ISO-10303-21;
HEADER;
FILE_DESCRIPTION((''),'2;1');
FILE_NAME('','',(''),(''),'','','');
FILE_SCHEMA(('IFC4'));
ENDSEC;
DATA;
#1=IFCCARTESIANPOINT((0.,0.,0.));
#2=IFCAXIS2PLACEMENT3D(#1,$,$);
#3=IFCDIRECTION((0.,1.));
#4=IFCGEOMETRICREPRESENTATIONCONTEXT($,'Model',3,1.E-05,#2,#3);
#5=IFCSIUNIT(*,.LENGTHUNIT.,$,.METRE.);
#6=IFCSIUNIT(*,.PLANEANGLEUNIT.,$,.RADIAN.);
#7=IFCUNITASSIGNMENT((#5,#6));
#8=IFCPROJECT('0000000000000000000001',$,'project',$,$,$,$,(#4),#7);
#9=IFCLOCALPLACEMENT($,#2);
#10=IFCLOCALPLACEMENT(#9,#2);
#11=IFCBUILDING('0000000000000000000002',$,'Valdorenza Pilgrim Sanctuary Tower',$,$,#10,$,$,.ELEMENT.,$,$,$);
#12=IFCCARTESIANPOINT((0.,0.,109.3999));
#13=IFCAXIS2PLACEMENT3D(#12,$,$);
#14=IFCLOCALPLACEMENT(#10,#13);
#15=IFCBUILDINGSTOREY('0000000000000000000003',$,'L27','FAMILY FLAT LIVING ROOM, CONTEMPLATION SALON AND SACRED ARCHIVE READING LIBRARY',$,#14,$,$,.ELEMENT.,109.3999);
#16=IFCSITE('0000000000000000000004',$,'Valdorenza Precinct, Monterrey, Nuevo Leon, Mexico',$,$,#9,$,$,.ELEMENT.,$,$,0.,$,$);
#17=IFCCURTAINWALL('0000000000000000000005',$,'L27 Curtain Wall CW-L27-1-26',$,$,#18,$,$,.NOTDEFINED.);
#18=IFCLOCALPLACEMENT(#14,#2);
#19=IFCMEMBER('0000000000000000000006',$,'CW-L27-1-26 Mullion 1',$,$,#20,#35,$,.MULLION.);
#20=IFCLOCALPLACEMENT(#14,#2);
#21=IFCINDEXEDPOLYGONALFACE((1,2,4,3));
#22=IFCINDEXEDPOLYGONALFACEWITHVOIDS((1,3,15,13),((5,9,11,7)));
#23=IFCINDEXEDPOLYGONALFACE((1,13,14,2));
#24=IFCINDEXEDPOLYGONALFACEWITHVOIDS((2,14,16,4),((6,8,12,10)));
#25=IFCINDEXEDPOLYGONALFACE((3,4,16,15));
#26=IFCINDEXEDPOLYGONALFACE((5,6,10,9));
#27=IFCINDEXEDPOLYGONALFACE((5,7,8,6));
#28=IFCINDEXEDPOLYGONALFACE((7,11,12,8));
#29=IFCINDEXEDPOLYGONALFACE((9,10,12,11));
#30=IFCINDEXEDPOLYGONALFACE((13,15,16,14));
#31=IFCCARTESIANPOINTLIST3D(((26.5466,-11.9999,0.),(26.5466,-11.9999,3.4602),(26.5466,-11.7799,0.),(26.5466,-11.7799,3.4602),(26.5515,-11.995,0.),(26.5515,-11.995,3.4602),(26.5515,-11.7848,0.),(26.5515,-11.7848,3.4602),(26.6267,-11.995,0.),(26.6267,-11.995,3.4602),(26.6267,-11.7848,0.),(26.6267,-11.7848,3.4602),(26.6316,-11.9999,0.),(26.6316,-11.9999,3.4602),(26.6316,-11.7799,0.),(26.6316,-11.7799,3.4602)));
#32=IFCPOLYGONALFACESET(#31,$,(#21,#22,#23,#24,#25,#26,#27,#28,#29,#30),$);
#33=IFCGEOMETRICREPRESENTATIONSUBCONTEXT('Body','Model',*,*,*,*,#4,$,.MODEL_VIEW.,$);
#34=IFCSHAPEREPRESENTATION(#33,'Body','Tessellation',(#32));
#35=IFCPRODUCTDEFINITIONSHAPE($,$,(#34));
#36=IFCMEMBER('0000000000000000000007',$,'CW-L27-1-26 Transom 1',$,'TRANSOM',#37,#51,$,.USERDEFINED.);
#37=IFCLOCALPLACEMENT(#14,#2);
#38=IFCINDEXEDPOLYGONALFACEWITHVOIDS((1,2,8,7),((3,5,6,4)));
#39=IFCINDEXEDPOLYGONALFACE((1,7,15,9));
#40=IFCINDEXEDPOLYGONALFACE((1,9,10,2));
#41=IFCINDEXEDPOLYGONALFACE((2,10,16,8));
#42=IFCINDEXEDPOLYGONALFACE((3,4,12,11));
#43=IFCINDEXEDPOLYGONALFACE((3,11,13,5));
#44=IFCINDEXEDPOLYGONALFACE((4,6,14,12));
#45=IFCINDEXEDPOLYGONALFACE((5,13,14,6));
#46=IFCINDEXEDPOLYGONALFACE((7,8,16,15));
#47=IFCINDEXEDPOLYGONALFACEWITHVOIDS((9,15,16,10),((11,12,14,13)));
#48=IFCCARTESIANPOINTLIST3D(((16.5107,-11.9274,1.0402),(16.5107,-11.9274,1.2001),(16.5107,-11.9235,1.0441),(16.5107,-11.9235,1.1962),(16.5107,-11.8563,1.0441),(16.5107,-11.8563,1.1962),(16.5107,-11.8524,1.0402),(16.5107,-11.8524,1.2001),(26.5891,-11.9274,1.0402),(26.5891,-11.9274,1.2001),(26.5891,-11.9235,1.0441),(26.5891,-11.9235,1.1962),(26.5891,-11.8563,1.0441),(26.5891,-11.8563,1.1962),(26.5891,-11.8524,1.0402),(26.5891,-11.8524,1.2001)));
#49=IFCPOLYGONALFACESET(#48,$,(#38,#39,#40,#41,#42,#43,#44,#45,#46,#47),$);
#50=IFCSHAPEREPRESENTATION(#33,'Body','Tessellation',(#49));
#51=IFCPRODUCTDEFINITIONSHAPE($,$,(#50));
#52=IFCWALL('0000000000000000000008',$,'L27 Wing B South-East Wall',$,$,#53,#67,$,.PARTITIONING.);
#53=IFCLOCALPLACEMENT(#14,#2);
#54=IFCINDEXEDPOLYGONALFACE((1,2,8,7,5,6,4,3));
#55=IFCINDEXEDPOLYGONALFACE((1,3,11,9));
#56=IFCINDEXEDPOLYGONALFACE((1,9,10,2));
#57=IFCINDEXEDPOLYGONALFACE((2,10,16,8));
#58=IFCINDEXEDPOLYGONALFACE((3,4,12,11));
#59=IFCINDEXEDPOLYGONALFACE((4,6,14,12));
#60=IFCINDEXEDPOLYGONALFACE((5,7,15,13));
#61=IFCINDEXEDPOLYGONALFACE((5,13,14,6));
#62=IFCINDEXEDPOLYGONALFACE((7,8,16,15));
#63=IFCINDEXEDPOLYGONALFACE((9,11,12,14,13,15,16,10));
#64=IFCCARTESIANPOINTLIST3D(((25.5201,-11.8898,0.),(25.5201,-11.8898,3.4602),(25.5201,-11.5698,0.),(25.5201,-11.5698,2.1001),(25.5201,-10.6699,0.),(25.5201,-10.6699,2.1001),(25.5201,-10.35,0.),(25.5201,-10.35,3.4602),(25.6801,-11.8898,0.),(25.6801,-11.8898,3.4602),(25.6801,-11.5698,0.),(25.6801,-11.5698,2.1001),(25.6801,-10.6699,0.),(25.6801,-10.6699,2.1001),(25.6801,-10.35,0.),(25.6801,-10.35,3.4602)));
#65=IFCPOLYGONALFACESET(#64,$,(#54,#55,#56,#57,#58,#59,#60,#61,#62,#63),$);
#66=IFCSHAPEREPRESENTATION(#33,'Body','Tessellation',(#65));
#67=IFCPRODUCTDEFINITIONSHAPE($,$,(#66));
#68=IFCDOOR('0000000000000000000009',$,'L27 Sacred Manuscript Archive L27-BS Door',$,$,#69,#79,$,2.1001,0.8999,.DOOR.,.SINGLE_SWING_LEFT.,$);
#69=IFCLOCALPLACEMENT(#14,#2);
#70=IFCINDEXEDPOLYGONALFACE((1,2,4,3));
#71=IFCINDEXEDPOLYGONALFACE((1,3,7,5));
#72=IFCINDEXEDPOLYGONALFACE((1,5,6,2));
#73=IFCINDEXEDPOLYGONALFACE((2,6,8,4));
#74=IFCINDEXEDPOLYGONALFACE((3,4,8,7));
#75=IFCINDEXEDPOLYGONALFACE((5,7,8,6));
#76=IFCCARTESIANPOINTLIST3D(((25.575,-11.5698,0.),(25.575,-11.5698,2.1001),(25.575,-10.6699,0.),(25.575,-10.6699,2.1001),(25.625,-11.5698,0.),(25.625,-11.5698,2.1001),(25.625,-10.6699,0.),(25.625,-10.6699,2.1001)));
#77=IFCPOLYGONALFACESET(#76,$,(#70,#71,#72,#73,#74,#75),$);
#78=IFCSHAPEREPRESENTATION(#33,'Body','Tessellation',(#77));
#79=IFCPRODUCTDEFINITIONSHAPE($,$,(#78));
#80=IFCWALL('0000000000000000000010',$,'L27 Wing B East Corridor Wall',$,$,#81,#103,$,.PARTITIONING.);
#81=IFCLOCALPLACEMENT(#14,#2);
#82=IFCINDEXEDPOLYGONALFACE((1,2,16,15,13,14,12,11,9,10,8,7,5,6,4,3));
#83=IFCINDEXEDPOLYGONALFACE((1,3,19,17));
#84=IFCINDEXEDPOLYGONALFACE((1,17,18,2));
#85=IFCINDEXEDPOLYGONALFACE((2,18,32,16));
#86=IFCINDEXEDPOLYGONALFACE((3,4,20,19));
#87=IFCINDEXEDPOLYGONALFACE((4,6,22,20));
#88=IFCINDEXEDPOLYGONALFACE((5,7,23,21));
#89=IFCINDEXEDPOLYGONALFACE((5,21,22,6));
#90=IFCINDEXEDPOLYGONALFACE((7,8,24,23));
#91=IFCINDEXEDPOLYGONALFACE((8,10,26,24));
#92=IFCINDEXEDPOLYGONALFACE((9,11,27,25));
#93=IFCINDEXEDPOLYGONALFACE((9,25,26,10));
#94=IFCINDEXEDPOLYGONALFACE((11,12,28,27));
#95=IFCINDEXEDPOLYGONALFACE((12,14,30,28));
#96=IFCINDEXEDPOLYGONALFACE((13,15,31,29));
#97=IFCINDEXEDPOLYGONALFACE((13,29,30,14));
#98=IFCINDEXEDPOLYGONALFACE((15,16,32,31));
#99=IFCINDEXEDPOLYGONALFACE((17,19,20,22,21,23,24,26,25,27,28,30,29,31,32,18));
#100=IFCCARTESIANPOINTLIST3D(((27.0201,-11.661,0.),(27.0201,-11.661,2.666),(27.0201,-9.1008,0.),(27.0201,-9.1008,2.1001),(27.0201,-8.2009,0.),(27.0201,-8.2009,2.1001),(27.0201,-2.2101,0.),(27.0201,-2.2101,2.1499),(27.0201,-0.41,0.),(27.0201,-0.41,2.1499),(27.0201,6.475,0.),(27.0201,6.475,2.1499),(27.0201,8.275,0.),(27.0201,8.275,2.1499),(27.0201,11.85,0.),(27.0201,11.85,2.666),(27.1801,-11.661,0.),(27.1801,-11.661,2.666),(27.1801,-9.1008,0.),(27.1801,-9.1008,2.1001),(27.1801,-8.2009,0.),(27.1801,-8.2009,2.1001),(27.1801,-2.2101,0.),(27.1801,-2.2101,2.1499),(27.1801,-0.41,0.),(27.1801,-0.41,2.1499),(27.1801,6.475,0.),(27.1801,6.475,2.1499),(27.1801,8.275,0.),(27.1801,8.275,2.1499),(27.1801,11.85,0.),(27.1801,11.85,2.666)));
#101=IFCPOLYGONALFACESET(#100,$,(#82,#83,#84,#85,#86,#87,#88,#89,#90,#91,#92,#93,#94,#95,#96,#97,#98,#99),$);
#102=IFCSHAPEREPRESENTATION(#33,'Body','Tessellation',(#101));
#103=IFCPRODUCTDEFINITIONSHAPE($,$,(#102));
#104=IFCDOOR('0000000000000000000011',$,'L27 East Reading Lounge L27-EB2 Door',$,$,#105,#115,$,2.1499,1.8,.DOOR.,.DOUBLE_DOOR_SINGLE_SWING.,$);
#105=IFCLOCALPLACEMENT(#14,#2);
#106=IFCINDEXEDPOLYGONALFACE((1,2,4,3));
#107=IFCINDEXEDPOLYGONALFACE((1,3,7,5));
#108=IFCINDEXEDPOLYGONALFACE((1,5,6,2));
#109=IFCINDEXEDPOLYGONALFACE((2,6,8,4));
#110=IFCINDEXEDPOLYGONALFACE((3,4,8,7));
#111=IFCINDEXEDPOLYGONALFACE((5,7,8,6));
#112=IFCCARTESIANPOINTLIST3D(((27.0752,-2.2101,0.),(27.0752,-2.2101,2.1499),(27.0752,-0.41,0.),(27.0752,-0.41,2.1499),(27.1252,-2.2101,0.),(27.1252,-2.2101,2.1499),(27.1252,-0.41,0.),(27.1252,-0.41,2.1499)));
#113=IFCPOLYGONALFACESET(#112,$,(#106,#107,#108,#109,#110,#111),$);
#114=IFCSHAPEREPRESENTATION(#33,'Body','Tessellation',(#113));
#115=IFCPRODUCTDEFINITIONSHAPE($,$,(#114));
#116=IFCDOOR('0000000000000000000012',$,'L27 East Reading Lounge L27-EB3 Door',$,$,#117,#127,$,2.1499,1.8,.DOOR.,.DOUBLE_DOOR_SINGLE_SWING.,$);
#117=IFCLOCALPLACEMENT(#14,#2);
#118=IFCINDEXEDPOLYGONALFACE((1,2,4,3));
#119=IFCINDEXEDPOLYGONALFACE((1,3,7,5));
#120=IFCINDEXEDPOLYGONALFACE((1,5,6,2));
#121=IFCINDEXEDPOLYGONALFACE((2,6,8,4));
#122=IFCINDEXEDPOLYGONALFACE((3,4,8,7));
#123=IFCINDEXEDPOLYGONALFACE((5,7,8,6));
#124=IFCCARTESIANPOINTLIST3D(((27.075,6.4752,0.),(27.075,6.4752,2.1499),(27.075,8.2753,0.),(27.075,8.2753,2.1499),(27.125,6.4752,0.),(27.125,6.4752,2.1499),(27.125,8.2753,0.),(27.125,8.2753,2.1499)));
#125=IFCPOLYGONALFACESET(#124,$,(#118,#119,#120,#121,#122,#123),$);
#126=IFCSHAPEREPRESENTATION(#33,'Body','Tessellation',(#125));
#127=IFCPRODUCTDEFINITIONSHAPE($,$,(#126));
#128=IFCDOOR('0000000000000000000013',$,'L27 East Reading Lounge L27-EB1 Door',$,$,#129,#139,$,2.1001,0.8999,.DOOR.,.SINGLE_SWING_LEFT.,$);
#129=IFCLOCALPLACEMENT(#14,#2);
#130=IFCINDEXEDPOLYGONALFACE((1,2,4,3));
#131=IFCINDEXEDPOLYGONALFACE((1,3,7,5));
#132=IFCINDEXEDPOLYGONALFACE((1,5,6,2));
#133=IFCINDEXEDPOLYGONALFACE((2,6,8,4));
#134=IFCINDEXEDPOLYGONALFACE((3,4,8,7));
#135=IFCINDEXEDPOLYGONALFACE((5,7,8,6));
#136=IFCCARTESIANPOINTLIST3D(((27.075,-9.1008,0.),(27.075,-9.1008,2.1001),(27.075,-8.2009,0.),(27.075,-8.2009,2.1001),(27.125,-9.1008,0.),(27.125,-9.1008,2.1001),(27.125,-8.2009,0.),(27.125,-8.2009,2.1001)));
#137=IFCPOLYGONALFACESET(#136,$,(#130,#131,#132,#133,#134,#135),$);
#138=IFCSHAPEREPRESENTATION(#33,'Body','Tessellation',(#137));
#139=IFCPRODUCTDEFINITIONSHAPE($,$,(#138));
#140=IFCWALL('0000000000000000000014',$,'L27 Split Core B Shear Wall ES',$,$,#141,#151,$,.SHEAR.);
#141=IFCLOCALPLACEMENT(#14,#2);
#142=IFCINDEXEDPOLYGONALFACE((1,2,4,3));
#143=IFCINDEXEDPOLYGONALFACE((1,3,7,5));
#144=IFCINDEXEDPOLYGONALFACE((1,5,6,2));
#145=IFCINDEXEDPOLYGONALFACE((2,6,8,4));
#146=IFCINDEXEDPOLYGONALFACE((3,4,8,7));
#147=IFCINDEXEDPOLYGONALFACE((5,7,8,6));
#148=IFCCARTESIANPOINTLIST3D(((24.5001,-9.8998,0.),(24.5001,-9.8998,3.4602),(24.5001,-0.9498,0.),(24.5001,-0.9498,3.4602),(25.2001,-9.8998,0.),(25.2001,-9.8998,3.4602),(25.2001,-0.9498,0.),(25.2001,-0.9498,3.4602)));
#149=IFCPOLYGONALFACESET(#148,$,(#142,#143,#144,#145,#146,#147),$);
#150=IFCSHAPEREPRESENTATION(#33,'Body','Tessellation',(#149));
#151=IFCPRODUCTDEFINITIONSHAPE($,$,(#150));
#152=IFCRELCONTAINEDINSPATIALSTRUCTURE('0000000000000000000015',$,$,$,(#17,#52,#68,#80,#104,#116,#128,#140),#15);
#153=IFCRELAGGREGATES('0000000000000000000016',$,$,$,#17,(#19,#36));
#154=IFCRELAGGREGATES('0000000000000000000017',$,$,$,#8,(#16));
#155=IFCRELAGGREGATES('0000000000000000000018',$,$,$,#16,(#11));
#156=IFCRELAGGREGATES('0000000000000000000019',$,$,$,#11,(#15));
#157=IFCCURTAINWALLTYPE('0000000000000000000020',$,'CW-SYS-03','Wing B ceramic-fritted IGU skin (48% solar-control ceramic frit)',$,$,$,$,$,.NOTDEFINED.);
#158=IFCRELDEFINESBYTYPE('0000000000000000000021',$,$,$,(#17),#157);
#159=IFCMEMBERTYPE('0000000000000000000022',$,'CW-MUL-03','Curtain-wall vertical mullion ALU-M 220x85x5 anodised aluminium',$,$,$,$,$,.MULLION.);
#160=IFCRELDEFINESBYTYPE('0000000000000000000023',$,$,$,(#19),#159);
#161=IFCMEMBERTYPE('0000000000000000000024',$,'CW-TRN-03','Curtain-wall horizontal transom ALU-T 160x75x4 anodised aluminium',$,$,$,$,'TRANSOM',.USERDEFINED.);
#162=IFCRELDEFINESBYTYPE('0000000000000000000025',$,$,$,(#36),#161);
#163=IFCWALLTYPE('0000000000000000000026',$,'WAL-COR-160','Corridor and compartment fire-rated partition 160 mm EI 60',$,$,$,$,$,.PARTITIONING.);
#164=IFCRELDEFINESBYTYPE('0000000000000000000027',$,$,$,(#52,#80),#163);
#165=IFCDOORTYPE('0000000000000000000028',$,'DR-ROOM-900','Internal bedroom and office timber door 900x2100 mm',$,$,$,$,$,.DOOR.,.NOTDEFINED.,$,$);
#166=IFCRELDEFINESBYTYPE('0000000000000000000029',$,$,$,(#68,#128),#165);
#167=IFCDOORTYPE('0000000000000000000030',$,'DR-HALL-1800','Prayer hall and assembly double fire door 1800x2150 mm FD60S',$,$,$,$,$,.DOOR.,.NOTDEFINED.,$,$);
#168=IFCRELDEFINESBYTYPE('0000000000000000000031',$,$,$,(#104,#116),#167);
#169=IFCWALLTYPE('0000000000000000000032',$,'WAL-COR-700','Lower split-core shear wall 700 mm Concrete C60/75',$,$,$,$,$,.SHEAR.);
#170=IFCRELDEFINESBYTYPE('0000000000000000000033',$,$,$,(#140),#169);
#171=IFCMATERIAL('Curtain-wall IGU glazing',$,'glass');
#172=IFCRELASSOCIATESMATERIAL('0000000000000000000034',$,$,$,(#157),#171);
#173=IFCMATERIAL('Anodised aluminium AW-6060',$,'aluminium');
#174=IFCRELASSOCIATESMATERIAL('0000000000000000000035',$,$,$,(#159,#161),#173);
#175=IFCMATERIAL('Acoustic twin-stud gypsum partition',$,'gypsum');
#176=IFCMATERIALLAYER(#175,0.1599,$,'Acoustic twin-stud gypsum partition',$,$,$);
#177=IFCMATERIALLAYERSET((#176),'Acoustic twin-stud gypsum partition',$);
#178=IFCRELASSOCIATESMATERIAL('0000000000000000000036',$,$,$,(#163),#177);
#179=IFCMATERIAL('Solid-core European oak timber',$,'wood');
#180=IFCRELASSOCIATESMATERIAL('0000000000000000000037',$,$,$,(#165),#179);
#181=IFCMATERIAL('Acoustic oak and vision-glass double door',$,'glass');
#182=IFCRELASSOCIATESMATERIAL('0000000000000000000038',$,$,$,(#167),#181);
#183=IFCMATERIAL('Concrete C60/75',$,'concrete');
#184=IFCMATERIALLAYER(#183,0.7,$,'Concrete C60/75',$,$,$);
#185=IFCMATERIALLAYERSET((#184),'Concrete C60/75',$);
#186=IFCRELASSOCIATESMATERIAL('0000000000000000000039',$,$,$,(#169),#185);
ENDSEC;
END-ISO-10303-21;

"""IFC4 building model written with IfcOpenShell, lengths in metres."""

from ifc_helpers import new_model, si_unit, direction, frame, frame_2d, origin, origin_2d, place, context, subcontext, project, spatial, rectangle, hollow_rectangle, extrude, source, transform, mapped, material, layer, layer_set, material_profile, profile_set, type_object, element, fill, aggregate, save


model = new_model("IFC4")

# Units and contexts
model_context = context("Model", 3, precision=1e-05, world=origin(), true_north=direction((0.0, 1.0)))
body_context = subcontext(model_context, "Body", "Model", "MODEL_VIEW")
ifc_project = project(units=[si_unit("LENGTHUNIT", "METRE"), si_unit("PLANEANGLEUNIT", "RADIAN")], contexts=[model_context])

# Site, building, storey
site_placement = place(None, origin())
site = spatial("IfcSite", under=ifc_project, at=site_placement, Name="Valdorenza Precinct, Monterrey, Nuevo Leon, Mexico", CompositionType="ELEMENT", RefElevation=0.0)
building_placement = place(site_placement, origin())
building = spatial("IfcBuilding", under=site, at=building_placement, Name="Valdorenza Pilgrim Sanctuary Tower", CompositionType="ELEMENT")
storey_placement = place(building_placement, frame((0.0, 0.0, 109.3999)))
storey = spatial("IfcBuildingStorey", under=building, at=storey_placement, Name="L27", Description="FAMILY FLAT LIVING ROOM, CONTEMPLATION SALON AND SACRED ARCHIVE READING LIBRARY", CompositionType="ELEMENT", Elevation=109.3999)

# Shared definitions
ifc_material_1 = material(Name="Concrete C60/75", Category="concrete")

# Shared definitions
ifc_material_2 = material(Name="Curtain-wall IGU glazing", Category="glass")
curtain_wall_type = type_object("IfcCurtainWallType", Name="CW-SYS-03", Description="Wing B ceramic-fritted IGU skin (48% solar-control ceramic frit)", PredefinedType="NOTDEFINED", material=ifc_material_2)
ifc_material_3 = material(Name="Anodised aluminium AW-6060", Category="aluminium")
ifc_material_profile_1 = material_profile(ifc_material_3, hollow_rectangle(XDim=0.085, YDim=0.22, WallThickness=0.0049, at=origin_2d()), Name="ALU-M 220x85x5")
ifc_profile_set_1 = profile_set([ifc_material_profile_1], Name="Anodised aluminium AW-6060")
member_type_1 = type_object("IfcMemberType", Name="CW-MUL-03", Description="Curtain-wall vertical mullion ALU-M 220x85x5 anodised aluminium", PredefinedType="MULLION", material=ifc_profile_set_1)
shared_shape_1 = source(origin(), body_context, "Body", "SweptSolid", [
    extrude(hollow_rectangle(XDim=0.085, YDim=0.22, WallThickness=0.0049, at=origin_2d()), origin(), (0.0, 0.0, 1.0), 3.4602),
])

# Curtain wall, members
curtain_wall_1_placement = place(storey_placement, origin())
curtain_wall_1 = element("IfcCurtainWall", 1, at=curtain_wall_1_placement, inside=storey, type_object=curtain_wall_type, Name="L27 Curtain Wall CW-L27-1-26", PredefinedType="NOTDEFINED")
member_1_placement = place(storey_placement, frame((26.5891, -11.8899, 0.0), z_axis=(0.0, 0.0, 1.0), x_axis=(-1.0, 0.0, 0.0)))
member_1 = element("IfcMember", 2, at=member_1_placement, type_object=member_type_1, Name="CW-L27-1-26 Mullion 1", PredefinedType="MULLION", context=body_context, shape_type="MappedRepresentation", body=[
    mapped(shared_shape_1, transform((0.0, 0.0, 0.0), x_axis=(1.0, 0.0, 0.0), y_axis=(0.0, 1.0, 0.0), z_axis=(0.0, 0.0, 1.0), scale=1.0)),
])
ifc_material_profile_2 = material_profile(ifc_material_3, hollow_rectangle(XDim=0.075, YDim=0.1599, WallThickness=0.0039, at=origin_2d()), Name="ALU-T 160x75x4")
ifc_profile_set_2 = profile_set([ifc_material_profile_2], Name="Anodised aluminium AW-6060")
member_type_2 = type_object("IfcMemberType", Name="CW-TRN-03", Description="Curtain-wall horizontal transom ALU-T 160x75x4 anodised aluminium", ElementType="TRANSOM", PredefinedType="USERDEFINED", material=ifc_profile_set_2)
shared_shape_2 = source(origin(), body_context, "Body", "SweptSolid", [
    extrude(hollow_rectangle(XDim=0.075, YDim=0.1599, WallThickness=0.0039, at=origin_2d()), origin(), (0.0, 0.0, 1.0), 10.0784),
])
member_2_placement = place(storey_placement, frame((26.5891, -11.8899, 1.1201), z_axis=(-1.0, 0.0, 0.0), x_axis=(0.0, -1.0, 0.0)))
member_2 = element("IfcMember", 3, at=member_2_placement, type_object=member_type_2, Name="CW-L27-1-26 Transom 1", ObjectType="TRANSOM", PredefinedType="USERDEFINED", context=body_context, shape_type="MappedRepresentation", body=[
    mapped(shared_shape_2, transform((0.0, 0.0, 0.0), x_axis=(1.0, 0.0, 0.0), y_axis=(0.0, 1.0, 0.0), z_axis=(0.0, 0.0, 1.0), scale=1.0)),
])
aggregate(curtain_wall_1, [member_1, member_2])

# Wall, opening, door
ifc_material_4 = material(Name="Acoustic twin-stud gypsum partition", Category="gypsum")
ifc_layer_1 = layer(ifc_material_4, 0.1599, Name="Acoustic twin-stud gypsum partition")
ifc_layer_set_1 = layer_set([ifc_layer_1], Name="Acoustic twin-stud gypsum partition")
wall_type_1 = type_object("IfcWallType", Name="WAL-COR-160", Description="Corridor and compartment fire-rated partition 160 mm EI 60", PredefinedType="PARTITIONING", material=ifc_layer_set_1)
wall_1_placement = place(storey_placement, frame((25.6001, -11.8899, 0.0), z_axis=(0.0, 0.0, 1.0), x_axis=(0.0, 1.0, 0.0)))
wall_1 = element("IfcWall", 4, at=wall_1_placement, inside=storey, type_object=wall_type_1, Name="L27 Wing B South-East Wall", PredefinedType="PARTITIONING", context=body_context, shape_type="SweptSolid", body=[
    extrude(rectangle(XDim=1.5398, YDim=0.1599, at=frame_2d((0.77, 0.0))), origin(), (0.0, 0.0, 1.0), 3.4602),
])
opening_1_placement = place(wall_1_placement, frame((0.3201, 0.0, 0.0)))
opening_1 = element("IfcOpeningElement", 5, at=opening_1_placement, cuts=wall_1, PredefinedType="OPENING", context=body_context, shape_type="SweptSolid", body=[
    extrude(rectangle(XDim=0.8999, YDim=2.1001, at=frame_2d((0.45, 1.05))), frame((0.0, 0.0947, 0.0), z_axis=(0.0, -1.0, 0.0), x_axis=(1.0, 0.0, 0.0)), (0.0, 0.0, 1.0), 0.1897),
])
ifc_material_5 = material(Name="Solid-core European oak timber", Category="wood")
door_type_1 = type_object("IfcDoorType", Name="DR-ROOM-900", Description="Internal bedroom and office timber door 900x2100 mm", OperationType="NOTDEFINED", PredefinedType="DOOR", material=ifc_material_5)
door_1_placement = place(opening_1_placement, frame((0.8999, 0.0, 0.0), z_axis=(0.0, 0.0, 1.0), x_axis=(-1.0, 0.0, 0.0)))
door_1 = element("IfcDoor", 6, at=door_1_placement, inside=storey, type_object=door_type_1, Name="L27 Sacred Manuscript Archive L27-BS Door", OperationType="SINGLE_SWING_LEFT", OverallHeight=2.1001, OverallWidth=0.8999, PredefinedType="DOOR", context=body_context, shape_type="SweptSolid", body=[
    extrude(rectangle(XDim=0.8999, YDim=2.1001, at=frame_2d((0.45, 1.05))), frame((0.0, 0.0249, 0.0), z_axis=(0.0, -1.0, 0.0), x_axis=(1.0, 0.0, 0.0)), (0.0, 0.0, 1.0), 0.05),
])
fill(opening_1, door_1)

# Wall, openings, doors
wall_2_placement = place(storey_placement, frame((27.1001, -11.6609, 0.0), z_axis=(0.0, 0.0, 1.0), x_axis=(0.0, 1.0, 0.0)))
wall_2 = element("IfcWall", 7, at=wall_2_placement, inside=storey, type_object=wall_type_1, Name="L27 Wing B East Corridor Wall", PredefinedType="PARTITIONING", context=body_context, shape_type="SweptSolid", body=[
    extrude(rectangle(XDim=23.511, YDim=0.1599, at=frame_2d((11.7554, 0.0))), origin(), (0.0, 0.0, 1.0), 2.666),
])
opening_2_placement = place(wall_2_placement, frame((2.5601, 0.0, 0.0)))
opening_2 = element("IfcOpeningElement", 8, at=opening_2_placement, cuts=wall_2, PredefinedType="OPENING", context=body_context, shape_type="SweptSolid", body=[
    extrude(rectangle(XDim=0.8999, YDim=2.1001, at=frame_2d((0.45, 1.05))), frame((0.0, 0.0947, 0.0), z_axis=(0.0, -1.0, 0.0), x_axis=(1.0, 0.0, 0.0)), (0.0, 0.0, 1.0), 0.1897),
])
opening_3_placement = place(wall_2_placement, frame((9.4509, 0.0, 0.0)))
opening_3 = element("IfcOpeningElement", 9, at=opening_3_placement, cuts=wall_2, PredefinedType="OPENING", context=body_context, shape_type="SweptSolid", body=[
    extrude(rectangle(XDim=1.8, YDim=2.1499, at=frame_2d((0.8999, 1.075))), frame((0.0, 0.0947, 0.0), z_axis=(0.0, -1.0, 0.0), x_axis=(1.0, 0.0, 0.0)), (0.0, 0.0, 1.0), 0.1897),
])
opening_4_placement = place(wall_2_placement, frame((18.136, 0.0, 0.0)))
opening_4 = element("IfcOpeningElement", 10, at=opening_4_placement, cuts=wall_2, PredefinedType="OPENING", context=body_context, shape_type="SweptSolid", body=[
    extrude(rectangle(XDim=1.8, YDim=2.1499, at=frame_2d((0.8999, 1.075))), frame((0.0, 0.0947, 0.0), z_axis=(0.0, -1.0, 0.0), x_axis=(1.0, 0.0, 0.0)), (0.0, 0.0, 1.0), 0.1897),
])
ifc_material_6 = material(Name="Acoustic oak and vision-glass double door", Category="glass")
door_type_2 = type_object("IfcDoorType", Name="DR-HALL-1800", Description="Prayer hall and assembly double fire door 1800x2150 mm FD60S", OperationType="NOTDEFINED", PredefinedType="DOOR", material=ifc_material_6)
door_2_placement = place(opening_3_placement, origin())
door_2 = element("IfcDoor", 11, at=door_2_placement, inside=storey, type_object=door_type_2, Name="L27 East Reading Lounge L27-EB2 Door", OperationType="DOUBLE_DOOR_SINGLE_SWING", OverallHeight=2.1499, OverallWidth=1.8, PredefinedType="DOOR", context=body_context, shape_type="SweptSolid", body=[
    extrude(rectangle(XDim=1.8, YDim=2.1499, at=frame_2d((0.8999, 1.075))), frame((0.0, 0.0249, 0.0), z_axis=(0.0, -1.0, 0.0), x_axis=(1.0, 0.0, 0.0)), (0.0, 0.0, 1.0), 0.05),
])
fill(opening_3, door_2)
door_3_placement = place(opening_4_placement, frame((1.8, 0.0, 0.0), z_axis=(0.0, 0.0, 1.0), x_axis=(-1.0, 0.0, 0.0)))
door_3 = element("IfcDoor", 12, at=door_3_placement, inside=storey, type_object=door_type_2, Name="L27 East Reading Lounge L27-EB3 Door", OperationType="DOUBLE_DOOR_SINGLE_SWING", OverallHeight=2.1499, OverallWidth=1.8, PredefinedType="DOOR", context=body_context, shape_type="SweptSolid", body=[
    extrude(rectangle(XDim=1.8, YDim=2.1499, at=frame_2d((0.8999, 1.075))), frame((0.0, 0.0249, 0.0), z_axis=(0.0, -1.0, 0.0), x_axis=(1.0, 0.0, 0.0)), (0.0, 0.0, 1.0), 0.05),
])
fill(opening_4, door_3)
door_4_placement = place(opening_2_placement, frame((0.8999, 0.0, 0.0), z_axis=(0.0, 0.0, 1.0), x_axis=(-1.0, 0.0, 0.0)))
door_4 = element("IfcDoor", 13, at=door_4_placement, inside=storey, type_object=door_type_1, Name="L27 East Reading Lounge L27-EB1 Door", OperationType="SINGLE_SWING_LEFT", OverallHeight=2.1001, OverallWidth=0.8999, PredefinedType="DOOR", context=body_context, shape_type="SweptSolid", body=[
    extrude(rectangle(XDim=0.8999, YDim=2.1001, at=frame_2d((0.45, 1.05))), frame((0.0, 0.0249, 0.0), z_axis=(0.0, -1.0, 0.0), x_axis=(1.0, 0.0, 0.0)), (0.0, 0.0, 1.0), 0.05),
])
fill(opening_2, door_4)

# Wall
ifc_layer_2 = layer(ifc_material_1, 0.7, Name="Concrete C60/75")
ifc_layer_set_2 = layer_set([ifc_layer_2], Name="Concrete C60/75")
wall_type_2 = type_object("IfcWallType", Name="WAL-COR-700", Description="Lower split-core shear wall 700 mm Concrete C60/75", PredefinedType="SHEAR", material=ifc_layer_set_2)
wall_3_placement = place(storey_placement, frame((24.8501, -9.8999, 0.0), z_axis=(0.0, 0.0, 1.0), x_axis=(0.0, 1.0, 0.0)))
element("IfcWall", 14, at=wall_3_placement, inside=storey, type_object=wall_type_2, Name="L27 Split Core B Shear Wall ES", PredefinedType="SHEAR", context=body_context, shape_type="SweptSolid", body=[
    extrude(rectangle(XDim=8.95, YDim=0.7, at=frame_2d((4.4751, 0.0))), origin(), (0.0, 0.0, 1.0), 3.4602),
])

save(model, "model.ifc")
